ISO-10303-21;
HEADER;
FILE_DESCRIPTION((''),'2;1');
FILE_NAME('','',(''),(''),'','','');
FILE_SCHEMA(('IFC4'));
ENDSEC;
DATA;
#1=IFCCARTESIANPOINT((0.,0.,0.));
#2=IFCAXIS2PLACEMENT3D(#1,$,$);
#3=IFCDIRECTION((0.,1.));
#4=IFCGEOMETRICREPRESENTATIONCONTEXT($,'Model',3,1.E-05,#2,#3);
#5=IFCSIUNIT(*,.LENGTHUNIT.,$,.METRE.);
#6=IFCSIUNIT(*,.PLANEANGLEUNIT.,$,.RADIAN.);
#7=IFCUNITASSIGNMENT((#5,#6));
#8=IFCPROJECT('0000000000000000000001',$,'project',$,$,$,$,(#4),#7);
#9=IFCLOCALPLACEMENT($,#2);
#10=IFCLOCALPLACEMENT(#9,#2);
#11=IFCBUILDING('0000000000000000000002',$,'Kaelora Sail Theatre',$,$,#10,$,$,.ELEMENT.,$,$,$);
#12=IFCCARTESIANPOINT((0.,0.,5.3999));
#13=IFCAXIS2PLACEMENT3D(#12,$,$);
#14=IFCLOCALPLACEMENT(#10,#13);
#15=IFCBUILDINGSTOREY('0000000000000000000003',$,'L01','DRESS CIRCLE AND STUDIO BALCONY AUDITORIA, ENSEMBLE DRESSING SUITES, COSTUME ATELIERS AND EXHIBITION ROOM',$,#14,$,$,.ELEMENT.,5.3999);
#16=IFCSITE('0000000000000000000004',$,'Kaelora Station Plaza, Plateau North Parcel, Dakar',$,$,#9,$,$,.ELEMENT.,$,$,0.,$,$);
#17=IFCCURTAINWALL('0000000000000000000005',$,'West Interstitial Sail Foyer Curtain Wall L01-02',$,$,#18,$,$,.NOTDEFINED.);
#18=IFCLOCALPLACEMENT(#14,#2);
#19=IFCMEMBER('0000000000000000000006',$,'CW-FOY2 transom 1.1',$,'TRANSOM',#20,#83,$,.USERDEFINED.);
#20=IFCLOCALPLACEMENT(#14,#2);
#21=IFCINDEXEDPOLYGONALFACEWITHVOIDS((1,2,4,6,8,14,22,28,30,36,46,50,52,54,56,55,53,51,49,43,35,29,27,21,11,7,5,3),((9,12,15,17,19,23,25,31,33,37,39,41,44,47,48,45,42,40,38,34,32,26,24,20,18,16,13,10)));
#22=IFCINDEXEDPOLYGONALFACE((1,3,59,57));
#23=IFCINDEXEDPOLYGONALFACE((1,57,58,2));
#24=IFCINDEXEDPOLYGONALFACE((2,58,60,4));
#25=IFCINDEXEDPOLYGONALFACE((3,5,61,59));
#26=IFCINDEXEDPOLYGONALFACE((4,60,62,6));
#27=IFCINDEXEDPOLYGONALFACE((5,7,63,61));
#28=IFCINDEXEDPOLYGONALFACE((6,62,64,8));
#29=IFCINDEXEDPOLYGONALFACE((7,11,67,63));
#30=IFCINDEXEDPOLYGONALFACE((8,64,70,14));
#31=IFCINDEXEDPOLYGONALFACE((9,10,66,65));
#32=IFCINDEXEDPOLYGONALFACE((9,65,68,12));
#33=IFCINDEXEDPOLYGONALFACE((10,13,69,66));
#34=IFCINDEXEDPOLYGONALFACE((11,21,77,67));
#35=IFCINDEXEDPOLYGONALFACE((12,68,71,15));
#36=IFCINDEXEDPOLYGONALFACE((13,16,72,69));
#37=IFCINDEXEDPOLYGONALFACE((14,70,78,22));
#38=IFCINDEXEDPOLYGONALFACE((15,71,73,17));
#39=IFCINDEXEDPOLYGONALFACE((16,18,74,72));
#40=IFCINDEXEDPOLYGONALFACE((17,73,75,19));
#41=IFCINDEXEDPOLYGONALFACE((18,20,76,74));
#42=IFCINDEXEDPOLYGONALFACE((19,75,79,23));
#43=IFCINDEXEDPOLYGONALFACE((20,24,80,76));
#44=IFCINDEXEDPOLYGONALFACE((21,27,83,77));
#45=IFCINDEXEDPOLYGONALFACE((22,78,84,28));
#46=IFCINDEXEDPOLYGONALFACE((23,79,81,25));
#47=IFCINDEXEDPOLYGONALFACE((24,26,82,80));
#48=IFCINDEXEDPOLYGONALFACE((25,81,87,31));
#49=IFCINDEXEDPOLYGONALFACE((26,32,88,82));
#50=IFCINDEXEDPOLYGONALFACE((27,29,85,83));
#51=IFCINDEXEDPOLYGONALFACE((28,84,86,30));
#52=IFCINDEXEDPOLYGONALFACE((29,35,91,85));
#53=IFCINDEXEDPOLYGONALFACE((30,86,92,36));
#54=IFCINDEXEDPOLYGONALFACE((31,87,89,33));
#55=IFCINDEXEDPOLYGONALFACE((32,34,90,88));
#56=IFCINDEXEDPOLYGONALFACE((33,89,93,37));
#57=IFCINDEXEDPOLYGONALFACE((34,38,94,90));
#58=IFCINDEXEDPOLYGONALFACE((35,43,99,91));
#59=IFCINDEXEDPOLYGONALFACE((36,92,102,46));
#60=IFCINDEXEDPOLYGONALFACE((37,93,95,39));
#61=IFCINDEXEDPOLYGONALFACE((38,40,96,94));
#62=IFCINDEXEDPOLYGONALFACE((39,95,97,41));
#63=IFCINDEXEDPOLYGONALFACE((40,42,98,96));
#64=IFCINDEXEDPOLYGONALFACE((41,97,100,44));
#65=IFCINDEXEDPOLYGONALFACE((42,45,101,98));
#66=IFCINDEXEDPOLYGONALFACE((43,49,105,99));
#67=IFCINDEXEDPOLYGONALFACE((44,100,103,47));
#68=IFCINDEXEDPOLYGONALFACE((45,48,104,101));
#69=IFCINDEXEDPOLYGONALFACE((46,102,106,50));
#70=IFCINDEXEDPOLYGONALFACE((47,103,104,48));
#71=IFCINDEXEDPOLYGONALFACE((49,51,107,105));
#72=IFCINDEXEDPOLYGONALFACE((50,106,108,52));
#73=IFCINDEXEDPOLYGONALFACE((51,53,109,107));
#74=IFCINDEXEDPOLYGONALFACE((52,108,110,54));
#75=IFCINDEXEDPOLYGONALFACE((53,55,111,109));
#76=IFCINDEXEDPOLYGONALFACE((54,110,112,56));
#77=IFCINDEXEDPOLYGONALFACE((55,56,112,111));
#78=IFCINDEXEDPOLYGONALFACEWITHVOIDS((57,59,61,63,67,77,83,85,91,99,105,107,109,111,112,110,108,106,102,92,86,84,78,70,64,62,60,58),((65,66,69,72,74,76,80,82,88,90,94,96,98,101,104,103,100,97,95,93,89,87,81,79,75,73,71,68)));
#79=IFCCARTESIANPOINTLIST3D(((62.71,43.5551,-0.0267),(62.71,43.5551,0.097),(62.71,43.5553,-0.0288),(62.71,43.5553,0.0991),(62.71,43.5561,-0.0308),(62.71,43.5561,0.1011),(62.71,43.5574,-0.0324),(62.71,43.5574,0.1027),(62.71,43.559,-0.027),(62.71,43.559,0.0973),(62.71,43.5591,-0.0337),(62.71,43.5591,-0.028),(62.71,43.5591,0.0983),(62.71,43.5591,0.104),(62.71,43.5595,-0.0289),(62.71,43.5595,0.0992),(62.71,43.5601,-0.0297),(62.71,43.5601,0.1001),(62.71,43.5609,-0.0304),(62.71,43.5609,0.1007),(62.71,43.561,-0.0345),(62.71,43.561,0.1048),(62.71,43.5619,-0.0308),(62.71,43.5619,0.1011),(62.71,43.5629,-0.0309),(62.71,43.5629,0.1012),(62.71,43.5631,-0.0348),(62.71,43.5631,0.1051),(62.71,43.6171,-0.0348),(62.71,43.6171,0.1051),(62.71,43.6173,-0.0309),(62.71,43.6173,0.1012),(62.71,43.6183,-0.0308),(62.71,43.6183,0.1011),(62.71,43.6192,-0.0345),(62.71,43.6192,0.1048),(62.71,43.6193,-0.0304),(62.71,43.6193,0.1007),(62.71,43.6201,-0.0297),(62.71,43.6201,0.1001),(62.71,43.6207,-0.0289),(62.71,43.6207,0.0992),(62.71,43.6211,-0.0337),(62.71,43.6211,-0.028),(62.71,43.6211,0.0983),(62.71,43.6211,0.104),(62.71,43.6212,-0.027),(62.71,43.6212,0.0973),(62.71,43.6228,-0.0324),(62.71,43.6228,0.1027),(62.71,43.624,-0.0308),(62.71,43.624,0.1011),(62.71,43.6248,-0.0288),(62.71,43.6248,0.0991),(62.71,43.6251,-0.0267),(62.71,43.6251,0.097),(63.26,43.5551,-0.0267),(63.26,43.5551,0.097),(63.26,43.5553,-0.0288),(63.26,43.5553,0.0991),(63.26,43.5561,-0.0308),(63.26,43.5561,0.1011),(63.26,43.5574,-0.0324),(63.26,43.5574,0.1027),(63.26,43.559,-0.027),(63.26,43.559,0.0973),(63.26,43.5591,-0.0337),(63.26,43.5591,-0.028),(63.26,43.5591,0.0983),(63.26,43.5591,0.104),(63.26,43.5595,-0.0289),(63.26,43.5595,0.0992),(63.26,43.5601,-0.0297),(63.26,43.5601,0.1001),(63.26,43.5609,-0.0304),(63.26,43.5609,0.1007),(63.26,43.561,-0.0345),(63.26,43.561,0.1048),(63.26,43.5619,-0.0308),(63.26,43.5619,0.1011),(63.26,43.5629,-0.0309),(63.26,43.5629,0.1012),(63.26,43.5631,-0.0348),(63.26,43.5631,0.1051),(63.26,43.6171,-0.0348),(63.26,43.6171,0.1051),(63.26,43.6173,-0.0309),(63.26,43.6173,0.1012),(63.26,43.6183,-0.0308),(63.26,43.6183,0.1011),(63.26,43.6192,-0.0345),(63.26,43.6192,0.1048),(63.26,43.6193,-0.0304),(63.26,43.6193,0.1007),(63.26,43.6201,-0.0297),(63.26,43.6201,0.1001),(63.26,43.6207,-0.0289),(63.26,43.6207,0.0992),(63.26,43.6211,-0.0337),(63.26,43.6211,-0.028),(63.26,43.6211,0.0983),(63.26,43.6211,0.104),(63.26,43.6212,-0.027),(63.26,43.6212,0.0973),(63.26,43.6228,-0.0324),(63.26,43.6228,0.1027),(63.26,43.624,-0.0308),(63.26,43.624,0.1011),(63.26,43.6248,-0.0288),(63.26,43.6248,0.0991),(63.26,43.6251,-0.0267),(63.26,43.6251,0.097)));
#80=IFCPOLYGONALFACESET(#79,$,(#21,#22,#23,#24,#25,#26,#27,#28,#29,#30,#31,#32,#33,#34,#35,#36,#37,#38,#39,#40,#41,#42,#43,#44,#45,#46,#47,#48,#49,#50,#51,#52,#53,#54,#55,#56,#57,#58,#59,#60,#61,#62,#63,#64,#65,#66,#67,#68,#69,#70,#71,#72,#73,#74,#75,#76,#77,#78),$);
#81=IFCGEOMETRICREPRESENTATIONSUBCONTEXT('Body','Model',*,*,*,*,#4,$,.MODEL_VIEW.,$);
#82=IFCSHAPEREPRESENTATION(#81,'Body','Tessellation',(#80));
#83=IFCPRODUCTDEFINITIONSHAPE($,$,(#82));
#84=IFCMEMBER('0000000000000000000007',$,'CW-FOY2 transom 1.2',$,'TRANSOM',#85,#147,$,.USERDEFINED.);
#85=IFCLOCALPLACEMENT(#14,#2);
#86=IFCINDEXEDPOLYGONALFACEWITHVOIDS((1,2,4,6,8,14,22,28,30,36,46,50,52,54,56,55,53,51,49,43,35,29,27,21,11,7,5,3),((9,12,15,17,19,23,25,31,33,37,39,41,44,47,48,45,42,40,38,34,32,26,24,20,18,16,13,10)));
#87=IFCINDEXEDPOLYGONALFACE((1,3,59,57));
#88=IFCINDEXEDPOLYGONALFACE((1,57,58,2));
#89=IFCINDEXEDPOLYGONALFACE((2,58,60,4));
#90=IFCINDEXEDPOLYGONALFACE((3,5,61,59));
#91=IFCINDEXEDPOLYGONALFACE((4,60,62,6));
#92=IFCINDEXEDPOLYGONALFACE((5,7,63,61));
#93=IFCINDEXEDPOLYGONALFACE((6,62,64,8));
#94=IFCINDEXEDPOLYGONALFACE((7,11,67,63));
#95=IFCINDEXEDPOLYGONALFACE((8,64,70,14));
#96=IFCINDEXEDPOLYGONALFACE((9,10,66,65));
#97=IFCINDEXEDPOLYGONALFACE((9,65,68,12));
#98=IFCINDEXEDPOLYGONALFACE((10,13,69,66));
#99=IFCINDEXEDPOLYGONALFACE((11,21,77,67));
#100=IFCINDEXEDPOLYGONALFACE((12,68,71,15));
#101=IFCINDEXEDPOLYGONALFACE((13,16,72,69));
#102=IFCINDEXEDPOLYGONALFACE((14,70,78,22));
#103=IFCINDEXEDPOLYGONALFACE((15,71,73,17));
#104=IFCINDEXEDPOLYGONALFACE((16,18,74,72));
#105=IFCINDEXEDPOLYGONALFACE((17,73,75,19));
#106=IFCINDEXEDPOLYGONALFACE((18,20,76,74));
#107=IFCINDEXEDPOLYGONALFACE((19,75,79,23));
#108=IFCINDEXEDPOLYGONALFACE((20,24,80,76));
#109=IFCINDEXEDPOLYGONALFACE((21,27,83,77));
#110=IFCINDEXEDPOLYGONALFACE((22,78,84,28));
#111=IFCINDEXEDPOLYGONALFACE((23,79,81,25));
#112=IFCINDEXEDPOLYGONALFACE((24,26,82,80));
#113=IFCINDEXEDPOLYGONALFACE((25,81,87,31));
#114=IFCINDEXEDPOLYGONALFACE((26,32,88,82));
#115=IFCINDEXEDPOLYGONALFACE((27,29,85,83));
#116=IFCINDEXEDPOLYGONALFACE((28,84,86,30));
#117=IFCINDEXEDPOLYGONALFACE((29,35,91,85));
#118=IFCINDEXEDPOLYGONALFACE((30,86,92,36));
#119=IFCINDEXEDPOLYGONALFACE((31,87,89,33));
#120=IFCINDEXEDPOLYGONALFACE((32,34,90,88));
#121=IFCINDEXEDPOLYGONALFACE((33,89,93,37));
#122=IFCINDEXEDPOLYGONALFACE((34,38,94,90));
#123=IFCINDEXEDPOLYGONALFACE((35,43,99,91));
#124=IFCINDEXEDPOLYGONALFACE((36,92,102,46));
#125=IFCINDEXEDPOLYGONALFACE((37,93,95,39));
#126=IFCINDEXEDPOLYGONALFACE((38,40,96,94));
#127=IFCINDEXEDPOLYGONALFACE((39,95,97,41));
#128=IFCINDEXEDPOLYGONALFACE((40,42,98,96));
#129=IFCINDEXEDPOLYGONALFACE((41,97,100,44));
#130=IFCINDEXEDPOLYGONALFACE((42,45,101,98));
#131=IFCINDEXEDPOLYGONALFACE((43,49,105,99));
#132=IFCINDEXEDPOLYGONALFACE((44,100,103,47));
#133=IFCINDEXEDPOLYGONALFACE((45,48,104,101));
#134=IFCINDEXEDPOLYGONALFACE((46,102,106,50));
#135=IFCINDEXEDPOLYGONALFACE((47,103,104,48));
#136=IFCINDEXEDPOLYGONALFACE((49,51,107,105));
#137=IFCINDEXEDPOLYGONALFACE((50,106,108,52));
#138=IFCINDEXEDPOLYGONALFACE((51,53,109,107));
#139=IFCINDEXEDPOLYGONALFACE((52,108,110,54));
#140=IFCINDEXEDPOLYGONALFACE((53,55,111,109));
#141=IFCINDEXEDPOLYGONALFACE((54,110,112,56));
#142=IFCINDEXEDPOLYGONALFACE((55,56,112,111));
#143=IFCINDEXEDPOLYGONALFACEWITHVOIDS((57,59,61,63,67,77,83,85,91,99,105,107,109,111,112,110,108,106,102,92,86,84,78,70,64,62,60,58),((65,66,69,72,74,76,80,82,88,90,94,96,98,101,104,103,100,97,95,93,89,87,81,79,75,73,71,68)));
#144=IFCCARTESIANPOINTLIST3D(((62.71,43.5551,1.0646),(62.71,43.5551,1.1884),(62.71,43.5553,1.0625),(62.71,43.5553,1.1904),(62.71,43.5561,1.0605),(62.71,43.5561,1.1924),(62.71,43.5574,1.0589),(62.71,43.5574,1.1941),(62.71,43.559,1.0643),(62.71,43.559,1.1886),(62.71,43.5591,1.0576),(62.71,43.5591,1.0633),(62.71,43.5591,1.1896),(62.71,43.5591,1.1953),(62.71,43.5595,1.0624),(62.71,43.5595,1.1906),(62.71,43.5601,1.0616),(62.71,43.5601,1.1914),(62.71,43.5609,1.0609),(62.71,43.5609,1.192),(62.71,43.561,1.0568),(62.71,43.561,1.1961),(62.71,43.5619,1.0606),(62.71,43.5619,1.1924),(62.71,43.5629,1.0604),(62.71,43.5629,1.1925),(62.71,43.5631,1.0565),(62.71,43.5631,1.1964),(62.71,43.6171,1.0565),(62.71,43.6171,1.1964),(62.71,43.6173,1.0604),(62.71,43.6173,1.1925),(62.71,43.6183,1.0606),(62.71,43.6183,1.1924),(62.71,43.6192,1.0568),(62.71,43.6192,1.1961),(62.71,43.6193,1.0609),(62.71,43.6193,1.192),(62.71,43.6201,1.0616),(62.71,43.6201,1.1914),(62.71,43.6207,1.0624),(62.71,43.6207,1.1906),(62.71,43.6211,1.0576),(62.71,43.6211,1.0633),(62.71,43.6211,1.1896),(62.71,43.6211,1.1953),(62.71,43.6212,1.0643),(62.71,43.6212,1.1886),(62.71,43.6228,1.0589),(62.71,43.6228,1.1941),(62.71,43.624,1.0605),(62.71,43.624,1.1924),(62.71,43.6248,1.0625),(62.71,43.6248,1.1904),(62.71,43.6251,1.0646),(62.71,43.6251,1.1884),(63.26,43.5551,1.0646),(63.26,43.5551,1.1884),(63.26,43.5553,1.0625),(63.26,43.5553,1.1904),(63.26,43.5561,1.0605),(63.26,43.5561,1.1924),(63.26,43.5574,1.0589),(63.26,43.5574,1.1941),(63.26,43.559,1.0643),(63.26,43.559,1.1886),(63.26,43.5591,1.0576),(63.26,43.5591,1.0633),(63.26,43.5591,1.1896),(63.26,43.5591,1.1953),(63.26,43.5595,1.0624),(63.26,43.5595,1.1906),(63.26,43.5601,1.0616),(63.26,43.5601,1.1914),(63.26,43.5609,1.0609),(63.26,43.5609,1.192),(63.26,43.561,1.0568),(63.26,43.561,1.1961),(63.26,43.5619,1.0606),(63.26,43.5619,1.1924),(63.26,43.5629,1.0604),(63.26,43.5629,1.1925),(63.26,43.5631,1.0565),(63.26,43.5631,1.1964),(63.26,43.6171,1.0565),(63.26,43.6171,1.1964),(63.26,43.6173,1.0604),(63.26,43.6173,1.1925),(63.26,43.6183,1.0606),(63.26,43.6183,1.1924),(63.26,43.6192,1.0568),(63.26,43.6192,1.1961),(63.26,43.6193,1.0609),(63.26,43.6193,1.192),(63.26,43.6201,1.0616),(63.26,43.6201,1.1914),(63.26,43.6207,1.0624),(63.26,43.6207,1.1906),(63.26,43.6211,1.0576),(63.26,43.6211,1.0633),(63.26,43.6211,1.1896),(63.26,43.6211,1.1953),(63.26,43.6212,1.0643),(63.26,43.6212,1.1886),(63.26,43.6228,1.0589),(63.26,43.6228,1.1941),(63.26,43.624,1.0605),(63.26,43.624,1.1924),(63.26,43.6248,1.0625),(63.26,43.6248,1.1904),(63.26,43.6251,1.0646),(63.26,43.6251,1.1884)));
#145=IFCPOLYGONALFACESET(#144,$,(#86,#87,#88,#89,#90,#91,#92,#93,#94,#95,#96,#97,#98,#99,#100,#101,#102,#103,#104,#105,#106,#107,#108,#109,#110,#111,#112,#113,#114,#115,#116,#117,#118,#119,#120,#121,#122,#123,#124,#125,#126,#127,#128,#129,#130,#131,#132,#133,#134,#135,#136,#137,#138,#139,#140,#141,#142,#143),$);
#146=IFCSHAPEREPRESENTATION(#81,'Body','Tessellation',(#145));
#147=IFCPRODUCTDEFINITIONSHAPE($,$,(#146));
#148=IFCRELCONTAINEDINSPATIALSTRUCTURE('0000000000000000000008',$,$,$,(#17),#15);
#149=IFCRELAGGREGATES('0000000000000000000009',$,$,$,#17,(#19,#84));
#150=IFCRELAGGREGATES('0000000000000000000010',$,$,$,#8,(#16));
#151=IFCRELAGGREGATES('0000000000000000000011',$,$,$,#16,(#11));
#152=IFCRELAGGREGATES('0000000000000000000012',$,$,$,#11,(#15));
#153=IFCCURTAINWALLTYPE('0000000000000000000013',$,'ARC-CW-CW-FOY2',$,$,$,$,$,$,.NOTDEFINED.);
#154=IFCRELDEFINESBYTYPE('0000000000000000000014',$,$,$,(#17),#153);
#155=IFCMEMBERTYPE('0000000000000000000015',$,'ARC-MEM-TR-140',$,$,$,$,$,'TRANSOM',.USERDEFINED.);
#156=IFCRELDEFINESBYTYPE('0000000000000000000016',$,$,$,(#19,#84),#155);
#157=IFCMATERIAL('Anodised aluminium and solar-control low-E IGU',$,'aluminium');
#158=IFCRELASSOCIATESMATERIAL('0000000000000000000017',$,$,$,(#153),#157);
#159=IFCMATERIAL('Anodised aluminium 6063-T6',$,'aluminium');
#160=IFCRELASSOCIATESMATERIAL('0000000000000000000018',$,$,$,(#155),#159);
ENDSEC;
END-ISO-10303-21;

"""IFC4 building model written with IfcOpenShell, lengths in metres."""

from ifc_helpers import new_model, si_unit, direction, frame, origin, origin_2d, place, context, subcontext, project, spatial, hollow_rectangle, extrude, material, material_profile, profile_set, type_object, element, aggregate, save


model = new_model("IFC4")

# Units and contexts
model_context = context("Model", 3, precision=1e-05, world=origin(), true_north=direction((0.0, 1.0)))
body_context = subcontext(model_context, "Body", "Model", "MODEL_VIEW")
ifc_project = project(units=[si_unit("LENGTHUNIT", "METRE"), si_unit("PLANEANGLEUNIT", "RADIAN")], contexts=[model_context])

# Site, building, storey
site_placement = place(None, origin())
site = spatial("IfcSite", under=ifc_project, at=site_placement, Name="Kaelora Station Plaza, Plateau North Parcel, Dakar", CompositionType="ELEMENT", RefElevation=0.0)
building_placement = place(site_placement, origin())
building = spatial("IfcBuilding", under=site, at=building_placement, Name="Kaelora Sail Theatre", CompositionType="ELEMENT")
storey_placement = place(building_placement, frame((0.0, 0.0, 5.3999)))
storey = spatial("IfcBuildingStorey", under=building, at=storey_placement, Name="L01", Description="DRESS CIRCLE AND STUDIO BALCONY AUDITORIA, ENSEMBLE DRESSING SUITES, COSTUME ATELIERS AND EXHIBITION ROOM", CompositionType="ELEMENT", Elevation=5.3999)

# Shared definitions
ifc_material_1 = material(Name="Anodised aluminium and solar-control low-E IGU", Category="aluminium")
curtain_wall_type = type_object("IfcCurtainWallType", Name="ARC-CW-CW-FOY2", PredefinedType="NOTDEFINED", material=ifc_material_1)

# Curtain wall, members
curtain_wall_1_placement = place(storey_placement, origin())
curtain_wall_1 = element("IfcCurtainWall", 1, at=curtain_wall_1_placement, inside=storey, type_object=curtain_wall_type, Name="West Interstitial Sail Foyer Curtain Wall L01-02", PredefinedType="NOTDEFINED")
ifc_material_2 = material(Name="Anodised aluminium 6063-T6", Category="aluminium")
ifc_material_profile_1 = material_profile(ifc_material_2, hollow_rectangle(XDim=0.0701, YDim=0.1399, WallThickness=0.0039, InnerFilletRadius=0.0039, OuterFilletRadius=0.0081, at=origin_2d()), Name="ALU-TRAN 70x140x4")
ifc_profile_set_1 = profile_set([ifc_material_profile_1], Name="Anodised aluminium 6063-T6")
member_type_1 = type_object("IfcMemberType", Name="ARC-MEM-TR-140", ElementType="TRANSOM", PredefinedType="USERDEFINED", material=ifc_profile_set_1)
member_1_placement = place(storey_placement, frame((62.71, 43.5901, 0.0352), z_axis=(1.0, 0.0, 0.0), x_axis=(0.0, 1.0, 0.0)))
member_1 = element("IfcMember", 2, at=member_1_placement, type_object=member_type_1, Name="CW-FOY2 transom 1.1", ObjectType="TRANSOM", PredefinedType="USERDEFINED", context=body_context, shape_type="SweptSolid", body=[
    extrude(hollow_rectangle(XDim=0.0701, YDim=0.1399, WallThickness=0.0039, InnerFilletRadius=0.0039, OuterFilletRadius=0.0081, at=origin_2d()), origin(), (0.0, 0.0, 1.0), 0.55),
])
member_2_placement = place(storey_placement, frame((62.71, 43.5901, 1.1265), z_axis=(1.0, 0.0, 0.0), x_axis=(0.0, 1.0, 0.0)))
member_2 = element("IfcMember", 3, at=member_2_placement, type_object=member_type_1, Name="CW-FOY2 transom 1.2", ObjectType="TRANSOM", PredefinedType="USERDEFINED", context=body_context, shape_type="SweptSolid", body=[
    extrude(hollow_rectangle(XDim=0.0701, YDim=0.1399, WallThickness=0.0039, InnerFilletRadius=0.0039, OuterFilletRadius=0.0081, at=origin_2d()), origin(), (0.0, 0.0, 1.0), 0.55),
])

aggregate(curtain_wall_1, [member_1, member_2])

save(model, "model.ifc")
